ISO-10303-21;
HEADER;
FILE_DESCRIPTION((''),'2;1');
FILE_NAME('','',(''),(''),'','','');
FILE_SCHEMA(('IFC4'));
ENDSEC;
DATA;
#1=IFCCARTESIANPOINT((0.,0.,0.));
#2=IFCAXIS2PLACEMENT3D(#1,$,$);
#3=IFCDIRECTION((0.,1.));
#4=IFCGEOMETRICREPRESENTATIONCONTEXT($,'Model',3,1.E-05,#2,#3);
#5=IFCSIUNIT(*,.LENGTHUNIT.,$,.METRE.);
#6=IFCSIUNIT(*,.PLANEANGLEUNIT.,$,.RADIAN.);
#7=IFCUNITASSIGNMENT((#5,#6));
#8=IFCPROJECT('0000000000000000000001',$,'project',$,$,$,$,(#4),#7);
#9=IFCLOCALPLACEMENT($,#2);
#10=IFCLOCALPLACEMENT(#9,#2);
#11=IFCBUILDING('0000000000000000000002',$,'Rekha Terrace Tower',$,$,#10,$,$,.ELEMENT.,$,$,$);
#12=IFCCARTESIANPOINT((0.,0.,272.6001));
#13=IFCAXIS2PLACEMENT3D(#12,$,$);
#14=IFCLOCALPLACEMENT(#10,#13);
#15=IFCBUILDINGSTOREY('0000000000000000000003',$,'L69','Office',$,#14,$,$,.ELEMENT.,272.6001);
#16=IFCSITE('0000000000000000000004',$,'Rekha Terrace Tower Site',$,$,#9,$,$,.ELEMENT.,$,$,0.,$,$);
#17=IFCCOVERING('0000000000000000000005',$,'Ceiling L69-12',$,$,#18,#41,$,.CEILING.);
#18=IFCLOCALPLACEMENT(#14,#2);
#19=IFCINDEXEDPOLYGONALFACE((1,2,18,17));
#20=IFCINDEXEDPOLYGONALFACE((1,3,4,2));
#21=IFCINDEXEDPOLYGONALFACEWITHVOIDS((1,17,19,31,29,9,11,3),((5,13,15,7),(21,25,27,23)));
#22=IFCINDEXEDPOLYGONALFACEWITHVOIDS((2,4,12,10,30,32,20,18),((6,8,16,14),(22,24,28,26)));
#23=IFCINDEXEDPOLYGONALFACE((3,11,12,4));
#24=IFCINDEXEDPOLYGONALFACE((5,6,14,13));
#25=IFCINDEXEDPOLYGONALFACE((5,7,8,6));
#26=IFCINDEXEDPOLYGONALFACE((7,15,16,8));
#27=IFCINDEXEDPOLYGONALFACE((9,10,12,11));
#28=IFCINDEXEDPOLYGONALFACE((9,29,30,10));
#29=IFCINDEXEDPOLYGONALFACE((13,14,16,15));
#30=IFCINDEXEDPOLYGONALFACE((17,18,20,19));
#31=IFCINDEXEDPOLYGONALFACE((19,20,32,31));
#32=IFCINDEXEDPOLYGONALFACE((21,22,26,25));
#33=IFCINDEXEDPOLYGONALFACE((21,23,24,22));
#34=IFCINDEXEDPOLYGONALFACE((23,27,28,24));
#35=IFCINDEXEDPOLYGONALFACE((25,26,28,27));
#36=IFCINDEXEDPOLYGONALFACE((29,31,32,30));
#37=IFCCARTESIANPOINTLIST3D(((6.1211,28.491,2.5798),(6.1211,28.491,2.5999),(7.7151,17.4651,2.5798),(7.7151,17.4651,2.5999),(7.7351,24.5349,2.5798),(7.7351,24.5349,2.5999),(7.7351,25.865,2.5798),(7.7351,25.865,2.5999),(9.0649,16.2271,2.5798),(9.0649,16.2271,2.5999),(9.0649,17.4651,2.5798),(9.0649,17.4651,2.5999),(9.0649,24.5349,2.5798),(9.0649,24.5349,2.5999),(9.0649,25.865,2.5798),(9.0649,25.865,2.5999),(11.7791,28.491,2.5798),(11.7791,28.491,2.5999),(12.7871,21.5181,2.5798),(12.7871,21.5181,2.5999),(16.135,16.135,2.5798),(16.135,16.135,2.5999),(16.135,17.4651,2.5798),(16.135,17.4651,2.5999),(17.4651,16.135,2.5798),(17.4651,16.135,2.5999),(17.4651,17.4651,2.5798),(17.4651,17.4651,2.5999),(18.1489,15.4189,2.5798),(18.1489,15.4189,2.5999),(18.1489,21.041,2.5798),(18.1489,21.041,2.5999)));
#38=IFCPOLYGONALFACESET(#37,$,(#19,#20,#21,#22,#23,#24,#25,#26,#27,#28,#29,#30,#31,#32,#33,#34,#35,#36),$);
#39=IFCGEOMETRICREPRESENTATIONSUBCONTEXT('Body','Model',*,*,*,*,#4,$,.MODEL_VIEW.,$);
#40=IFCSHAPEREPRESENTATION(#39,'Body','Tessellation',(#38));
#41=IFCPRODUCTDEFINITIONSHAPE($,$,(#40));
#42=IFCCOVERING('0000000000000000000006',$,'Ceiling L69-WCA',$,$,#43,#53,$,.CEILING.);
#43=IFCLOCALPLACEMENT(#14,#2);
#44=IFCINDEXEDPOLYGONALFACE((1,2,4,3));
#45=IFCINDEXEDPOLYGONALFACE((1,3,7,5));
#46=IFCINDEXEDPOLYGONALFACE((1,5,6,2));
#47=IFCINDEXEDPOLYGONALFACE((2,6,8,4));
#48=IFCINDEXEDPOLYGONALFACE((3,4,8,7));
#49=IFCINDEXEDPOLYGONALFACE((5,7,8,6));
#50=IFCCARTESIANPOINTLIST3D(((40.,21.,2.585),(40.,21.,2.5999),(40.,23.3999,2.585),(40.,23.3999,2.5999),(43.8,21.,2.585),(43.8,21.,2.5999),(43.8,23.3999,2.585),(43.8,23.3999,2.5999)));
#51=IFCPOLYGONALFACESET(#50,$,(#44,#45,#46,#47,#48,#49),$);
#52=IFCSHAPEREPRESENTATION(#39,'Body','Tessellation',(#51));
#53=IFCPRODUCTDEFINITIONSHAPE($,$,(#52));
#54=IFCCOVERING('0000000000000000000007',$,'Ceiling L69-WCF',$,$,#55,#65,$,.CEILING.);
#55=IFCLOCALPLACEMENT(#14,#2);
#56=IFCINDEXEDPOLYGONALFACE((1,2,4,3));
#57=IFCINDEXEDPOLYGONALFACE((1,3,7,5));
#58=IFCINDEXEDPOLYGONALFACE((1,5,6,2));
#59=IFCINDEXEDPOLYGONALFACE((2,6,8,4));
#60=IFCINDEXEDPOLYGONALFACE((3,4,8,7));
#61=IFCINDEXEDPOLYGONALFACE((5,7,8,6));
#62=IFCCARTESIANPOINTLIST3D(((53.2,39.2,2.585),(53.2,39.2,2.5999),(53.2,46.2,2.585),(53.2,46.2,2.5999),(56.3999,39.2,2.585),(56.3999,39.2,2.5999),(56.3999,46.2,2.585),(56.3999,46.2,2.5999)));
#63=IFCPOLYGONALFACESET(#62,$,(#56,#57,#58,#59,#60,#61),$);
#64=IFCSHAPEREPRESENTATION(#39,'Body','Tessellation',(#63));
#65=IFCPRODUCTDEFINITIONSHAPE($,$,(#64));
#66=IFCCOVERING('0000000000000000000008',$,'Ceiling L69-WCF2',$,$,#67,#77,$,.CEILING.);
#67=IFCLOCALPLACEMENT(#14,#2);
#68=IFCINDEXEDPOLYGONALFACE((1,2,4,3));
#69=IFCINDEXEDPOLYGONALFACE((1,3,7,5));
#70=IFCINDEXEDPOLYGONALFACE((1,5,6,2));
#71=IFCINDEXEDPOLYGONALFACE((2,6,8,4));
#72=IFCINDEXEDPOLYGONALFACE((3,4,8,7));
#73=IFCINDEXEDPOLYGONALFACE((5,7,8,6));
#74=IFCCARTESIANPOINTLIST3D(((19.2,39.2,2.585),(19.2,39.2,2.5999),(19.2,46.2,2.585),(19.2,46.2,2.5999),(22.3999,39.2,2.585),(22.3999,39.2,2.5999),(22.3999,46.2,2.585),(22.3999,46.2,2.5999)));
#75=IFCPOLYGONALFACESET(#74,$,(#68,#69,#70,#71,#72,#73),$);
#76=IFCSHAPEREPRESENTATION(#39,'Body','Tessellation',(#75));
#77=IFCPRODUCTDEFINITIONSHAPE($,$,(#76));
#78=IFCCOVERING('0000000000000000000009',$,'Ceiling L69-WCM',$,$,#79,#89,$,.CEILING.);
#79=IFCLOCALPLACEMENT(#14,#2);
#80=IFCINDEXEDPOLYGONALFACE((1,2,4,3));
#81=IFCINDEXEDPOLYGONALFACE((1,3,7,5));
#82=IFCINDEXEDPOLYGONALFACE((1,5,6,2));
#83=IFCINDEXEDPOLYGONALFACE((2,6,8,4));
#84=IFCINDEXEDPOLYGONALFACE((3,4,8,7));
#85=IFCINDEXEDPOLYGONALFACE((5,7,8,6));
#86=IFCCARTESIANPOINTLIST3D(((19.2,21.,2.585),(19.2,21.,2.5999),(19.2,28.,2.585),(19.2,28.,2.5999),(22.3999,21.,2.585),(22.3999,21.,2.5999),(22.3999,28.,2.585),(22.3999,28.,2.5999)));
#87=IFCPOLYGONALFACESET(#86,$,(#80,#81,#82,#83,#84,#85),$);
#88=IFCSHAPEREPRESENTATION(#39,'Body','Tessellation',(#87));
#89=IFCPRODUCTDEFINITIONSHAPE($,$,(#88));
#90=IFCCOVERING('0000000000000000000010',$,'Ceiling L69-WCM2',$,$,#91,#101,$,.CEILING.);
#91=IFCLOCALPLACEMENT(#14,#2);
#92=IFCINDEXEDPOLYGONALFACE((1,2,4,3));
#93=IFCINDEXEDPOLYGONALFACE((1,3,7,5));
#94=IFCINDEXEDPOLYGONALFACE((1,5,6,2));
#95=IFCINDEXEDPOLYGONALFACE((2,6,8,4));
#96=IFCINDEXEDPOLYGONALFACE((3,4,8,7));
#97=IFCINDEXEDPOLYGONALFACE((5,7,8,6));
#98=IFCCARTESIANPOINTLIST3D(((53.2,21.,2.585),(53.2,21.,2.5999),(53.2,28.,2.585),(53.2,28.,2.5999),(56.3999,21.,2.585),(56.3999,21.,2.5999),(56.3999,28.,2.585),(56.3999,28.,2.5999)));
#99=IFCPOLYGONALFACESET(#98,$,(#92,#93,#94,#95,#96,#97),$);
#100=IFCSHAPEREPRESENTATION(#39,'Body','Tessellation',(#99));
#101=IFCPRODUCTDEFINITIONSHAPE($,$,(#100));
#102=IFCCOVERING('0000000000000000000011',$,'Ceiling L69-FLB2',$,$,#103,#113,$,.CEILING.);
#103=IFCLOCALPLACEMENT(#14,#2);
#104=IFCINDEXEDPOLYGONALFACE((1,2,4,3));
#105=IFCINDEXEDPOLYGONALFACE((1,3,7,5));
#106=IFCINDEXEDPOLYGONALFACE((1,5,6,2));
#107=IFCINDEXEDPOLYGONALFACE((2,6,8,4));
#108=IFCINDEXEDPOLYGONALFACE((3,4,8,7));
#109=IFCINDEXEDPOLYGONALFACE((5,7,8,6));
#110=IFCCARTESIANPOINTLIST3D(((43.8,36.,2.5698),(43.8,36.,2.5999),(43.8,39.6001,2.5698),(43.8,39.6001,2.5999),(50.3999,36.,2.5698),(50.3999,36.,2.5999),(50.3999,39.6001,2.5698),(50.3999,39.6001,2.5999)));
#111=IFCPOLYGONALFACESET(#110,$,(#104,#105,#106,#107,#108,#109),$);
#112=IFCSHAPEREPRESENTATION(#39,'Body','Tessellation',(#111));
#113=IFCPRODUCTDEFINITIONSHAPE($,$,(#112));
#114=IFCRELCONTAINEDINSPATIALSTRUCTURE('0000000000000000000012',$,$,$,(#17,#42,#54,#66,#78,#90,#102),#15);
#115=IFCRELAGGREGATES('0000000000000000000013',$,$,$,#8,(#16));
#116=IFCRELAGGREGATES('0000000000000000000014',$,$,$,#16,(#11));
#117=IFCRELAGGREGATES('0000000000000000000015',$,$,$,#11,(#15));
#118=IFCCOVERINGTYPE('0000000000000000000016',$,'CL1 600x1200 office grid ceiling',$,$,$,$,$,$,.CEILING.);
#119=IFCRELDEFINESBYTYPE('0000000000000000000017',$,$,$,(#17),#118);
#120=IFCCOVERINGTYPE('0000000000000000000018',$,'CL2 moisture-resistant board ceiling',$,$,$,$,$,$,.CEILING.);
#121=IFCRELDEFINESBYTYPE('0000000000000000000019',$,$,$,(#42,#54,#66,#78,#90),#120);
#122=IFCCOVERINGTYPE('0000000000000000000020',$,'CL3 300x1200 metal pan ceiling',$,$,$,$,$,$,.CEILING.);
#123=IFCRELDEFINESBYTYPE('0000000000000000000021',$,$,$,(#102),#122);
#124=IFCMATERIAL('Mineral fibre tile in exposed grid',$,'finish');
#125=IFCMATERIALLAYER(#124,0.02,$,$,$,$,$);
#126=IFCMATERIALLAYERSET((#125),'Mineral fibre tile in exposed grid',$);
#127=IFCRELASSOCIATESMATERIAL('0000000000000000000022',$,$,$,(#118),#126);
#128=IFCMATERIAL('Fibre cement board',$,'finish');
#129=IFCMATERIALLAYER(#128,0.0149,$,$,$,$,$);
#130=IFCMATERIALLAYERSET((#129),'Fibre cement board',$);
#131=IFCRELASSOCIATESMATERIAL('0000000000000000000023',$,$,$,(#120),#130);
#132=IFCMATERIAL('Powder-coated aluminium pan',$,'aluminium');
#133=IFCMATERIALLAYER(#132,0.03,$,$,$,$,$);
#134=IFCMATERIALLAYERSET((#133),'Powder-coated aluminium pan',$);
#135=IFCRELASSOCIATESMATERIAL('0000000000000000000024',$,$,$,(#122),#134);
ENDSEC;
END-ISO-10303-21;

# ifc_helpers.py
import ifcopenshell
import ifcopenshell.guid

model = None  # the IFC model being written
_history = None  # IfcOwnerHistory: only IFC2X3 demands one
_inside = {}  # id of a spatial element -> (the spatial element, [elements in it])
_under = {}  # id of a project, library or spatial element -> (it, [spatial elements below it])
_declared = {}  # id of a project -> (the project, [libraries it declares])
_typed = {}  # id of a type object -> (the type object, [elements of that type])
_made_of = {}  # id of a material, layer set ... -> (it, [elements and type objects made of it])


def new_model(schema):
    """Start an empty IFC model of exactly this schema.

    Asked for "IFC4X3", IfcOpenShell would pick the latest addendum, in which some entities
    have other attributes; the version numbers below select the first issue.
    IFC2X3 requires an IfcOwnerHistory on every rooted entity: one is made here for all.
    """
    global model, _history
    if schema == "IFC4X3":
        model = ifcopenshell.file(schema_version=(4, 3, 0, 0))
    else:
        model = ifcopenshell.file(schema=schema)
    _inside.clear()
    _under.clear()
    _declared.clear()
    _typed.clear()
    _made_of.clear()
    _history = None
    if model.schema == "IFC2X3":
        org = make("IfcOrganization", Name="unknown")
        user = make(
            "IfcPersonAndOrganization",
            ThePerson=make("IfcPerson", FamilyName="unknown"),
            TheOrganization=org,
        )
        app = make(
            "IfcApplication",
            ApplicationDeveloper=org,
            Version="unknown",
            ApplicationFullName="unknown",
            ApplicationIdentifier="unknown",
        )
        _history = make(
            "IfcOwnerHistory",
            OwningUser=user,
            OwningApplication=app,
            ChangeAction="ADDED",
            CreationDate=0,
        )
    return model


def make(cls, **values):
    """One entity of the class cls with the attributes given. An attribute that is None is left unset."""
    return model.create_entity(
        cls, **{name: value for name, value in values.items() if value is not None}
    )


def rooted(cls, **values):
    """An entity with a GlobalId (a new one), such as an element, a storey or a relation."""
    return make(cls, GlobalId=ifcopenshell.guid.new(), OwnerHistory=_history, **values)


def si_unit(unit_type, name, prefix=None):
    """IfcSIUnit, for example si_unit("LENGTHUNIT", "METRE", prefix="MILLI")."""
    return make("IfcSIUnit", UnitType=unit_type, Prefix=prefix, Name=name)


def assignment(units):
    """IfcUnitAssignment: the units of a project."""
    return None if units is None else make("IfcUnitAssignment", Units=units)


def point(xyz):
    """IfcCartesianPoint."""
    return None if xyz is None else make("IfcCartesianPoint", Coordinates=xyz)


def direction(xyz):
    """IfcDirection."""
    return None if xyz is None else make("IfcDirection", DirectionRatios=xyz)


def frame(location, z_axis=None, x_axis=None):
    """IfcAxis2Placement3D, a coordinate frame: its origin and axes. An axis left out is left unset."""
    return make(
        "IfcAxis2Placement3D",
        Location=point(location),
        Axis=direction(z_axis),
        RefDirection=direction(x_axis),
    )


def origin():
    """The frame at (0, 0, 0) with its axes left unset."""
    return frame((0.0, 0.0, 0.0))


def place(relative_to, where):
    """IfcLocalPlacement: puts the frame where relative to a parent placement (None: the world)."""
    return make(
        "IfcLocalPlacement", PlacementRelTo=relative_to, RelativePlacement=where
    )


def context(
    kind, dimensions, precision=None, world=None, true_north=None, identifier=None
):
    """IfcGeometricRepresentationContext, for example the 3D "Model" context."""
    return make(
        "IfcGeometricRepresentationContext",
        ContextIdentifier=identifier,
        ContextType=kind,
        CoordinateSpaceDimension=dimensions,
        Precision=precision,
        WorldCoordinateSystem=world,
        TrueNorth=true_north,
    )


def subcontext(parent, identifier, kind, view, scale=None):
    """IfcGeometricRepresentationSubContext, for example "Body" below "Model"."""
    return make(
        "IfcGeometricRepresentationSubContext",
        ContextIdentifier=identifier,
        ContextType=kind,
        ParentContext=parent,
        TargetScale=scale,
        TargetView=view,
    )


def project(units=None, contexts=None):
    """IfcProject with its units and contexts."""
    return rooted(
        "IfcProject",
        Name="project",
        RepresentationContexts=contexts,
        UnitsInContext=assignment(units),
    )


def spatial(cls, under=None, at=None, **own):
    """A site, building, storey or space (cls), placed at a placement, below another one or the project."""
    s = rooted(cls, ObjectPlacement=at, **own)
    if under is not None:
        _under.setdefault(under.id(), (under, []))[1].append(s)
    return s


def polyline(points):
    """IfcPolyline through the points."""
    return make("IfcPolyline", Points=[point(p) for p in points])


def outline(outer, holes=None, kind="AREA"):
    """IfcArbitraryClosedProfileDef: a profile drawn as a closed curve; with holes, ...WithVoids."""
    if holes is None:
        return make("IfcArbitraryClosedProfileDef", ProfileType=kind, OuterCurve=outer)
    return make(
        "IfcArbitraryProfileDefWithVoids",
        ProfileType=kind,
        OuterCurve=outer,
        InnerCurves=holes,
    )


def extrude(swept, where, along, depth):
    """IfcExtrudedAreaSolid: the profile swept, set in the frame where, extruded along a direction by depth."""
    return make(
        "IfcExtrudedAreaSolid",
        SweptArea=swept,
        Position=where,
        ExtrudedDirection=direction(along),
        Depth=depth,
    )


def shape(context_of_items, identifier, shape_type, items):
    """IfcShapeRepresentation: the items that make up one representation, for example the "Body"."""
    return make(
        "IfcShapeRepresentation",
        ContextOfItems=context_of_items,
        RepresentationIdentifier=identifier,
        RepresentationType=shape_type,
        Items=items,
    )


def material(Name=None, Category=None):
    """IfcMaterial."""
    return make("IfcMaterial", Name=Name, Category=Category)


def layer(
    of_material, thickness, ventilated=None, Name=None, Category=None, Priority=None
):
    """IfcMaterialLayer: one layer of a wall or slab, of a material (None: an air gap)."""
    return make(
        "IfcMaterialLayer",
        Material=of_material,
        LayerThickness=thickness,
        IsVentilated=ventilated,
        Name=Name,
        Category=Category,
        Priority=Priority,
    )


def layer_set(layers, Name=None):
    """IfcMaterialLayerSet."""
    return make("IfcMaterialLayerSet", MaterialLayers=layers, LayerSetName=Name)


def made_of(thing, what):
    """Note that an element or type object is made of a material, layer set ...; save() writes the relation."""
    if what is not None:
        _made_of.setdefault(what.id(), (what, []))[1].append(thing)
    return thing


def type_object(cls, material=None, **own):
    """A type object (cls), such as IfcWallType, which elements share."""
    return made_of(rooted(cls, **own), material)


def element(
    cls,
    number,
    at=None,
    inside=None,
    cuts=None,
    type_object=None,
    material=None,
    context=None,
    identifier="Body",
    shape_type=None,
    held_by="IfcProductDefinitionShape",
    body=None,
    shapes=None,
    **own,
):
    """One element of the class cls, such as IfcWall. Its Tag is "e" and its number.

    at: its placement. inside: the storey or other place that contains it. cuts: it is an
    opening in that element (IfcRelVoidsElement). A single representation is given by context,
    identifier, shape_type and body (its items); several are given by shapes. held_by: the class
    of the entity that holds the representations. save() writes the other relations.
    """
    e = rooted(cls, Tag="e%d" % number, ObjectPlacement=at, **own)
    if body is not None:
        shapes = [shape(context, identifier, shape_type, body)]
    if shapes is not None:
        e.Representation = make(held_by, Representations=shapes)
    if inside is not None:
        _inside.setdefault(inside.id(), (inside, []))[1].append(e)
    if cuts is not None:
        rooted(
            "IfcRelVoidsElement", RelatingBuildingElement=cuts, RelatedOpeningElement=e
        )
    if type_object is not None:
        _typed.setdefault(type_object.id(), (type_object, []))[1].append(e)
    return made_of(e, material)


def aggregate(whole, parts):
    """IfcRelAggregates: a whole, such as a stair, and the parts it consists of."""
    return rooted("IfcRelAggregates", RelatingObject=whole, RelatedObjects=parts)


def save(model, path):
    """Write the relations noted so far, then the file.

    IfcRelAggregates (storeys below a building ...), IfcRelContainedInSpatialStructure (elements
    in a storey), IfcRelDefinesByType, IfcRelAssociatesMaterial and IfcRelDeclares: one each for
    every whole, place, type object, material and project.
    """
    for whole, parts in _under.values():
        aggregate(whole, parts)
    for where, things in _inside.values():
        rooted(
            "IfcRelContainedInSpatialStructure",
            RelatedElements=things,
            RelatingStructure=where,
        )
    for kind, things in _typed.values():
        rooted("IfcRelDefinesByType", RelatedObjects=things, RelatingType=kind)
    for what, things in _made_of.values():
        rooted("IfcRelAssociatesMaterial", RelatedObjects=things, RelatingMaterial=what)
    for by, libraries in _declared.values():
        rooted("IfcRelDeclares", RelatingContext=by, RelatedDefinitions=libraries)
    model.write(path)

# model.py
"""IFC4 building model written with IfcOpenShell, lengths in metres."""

from ifc_helpers import new_model, si_unit, direction, frame, origin, place, context, subcontext, project, spatial, polyline, outline, extrude, material, layer, layer_set, type_object, element, save


model = new_model("IFC4")

# Units and contexts
model_context = context("Model", 3, precision=1e-05, world=origin(), true_north=direction((0.0, 1.0)))
body_context = subcontext(model_context, "Body", "Model", "MODEL_VIEW")
ifc_project = project(units=[si_unit("LENGTHUNIT", "METRE"), si_unit("PLANEANGLEUNIT", "RADIAN")], contexts=[model_context])

# Site, building, storey
site_placement = place(None, origin())
site = spatial("IfcSite", under=ifc_project, at=site_placement, Name="Rekha Terrace Tower Site", CompositionType="ELEMENT", RefElevation=0.0)
building_placement = place(site_placement, origin())
building = spatial("IfcBuilding", under=site, at=building_placement, Name="Rekha Terrace Tower", CompositionType="ELEMENT")
storey_placement = place(building_placement, frame((0.0, 0.0, 272.6001)))
storey = spatial("IfcBuildingStorey", under=building, at=storey_placement, Name="L69", Description="Office", CompositionType="ELEMENT", Elevation=272.6001)

# Coverings
ifc_material_1 = material(Name="Mineral fibre tile in exposed grid", Category="finish")
ifc_layer_1 = layer(ifc_material_1, 0.02)
ifc_layer_set_1 = layer_set([ifc_layer_1], Name="Mineral fibre tile in exposed grid")
covering_type_1 = type_object("IfcCoveringType", Name="CL1 600x1200 office grid ceiling", PredefinedType="CEILING", material=ifc_layer_set_1)
covering_1_placement = place(storey_placement, frame((0.0, 0.0, 2.5798)))
element("IfcCovering", 1, at=covering_1_placement, inside=storey, type_object=covering_type_1, Name="Ceiling L69-12", PredefinedType="CEILING", context=body_context, shape_type="SweptSolid", body=[
    extrude(outline(polyline([(6.1211, 28.491), (7.7151, 17.4651), (9.0649, 17.4651), (9.0649, 16.2271), (18.1489, 15.4189), (18.1489, 21.041), (12.7871, 21.5181), (11.7791, 28.491), (6.1211, 28.491)]), holes=[polyline([(17.4651, 17.4651), (17.4651, 16.135), (16.135, 16.135), (16.135, 17.4651), (17.4651, 17.4651)]), polyline([(9.0649, 25.865), (9.0649, 24.5349), (7.7351, 24.5349), (7.7351, 25.865), (9.0649, 25.865)])]), origin(), (0.0, 0.0, 1.0), 0.02),
])
ifc_material_2 = material(Name="Fibre cement board", Category="finish")
ifc_layer_2 = layer(ifc_material_2, 0.0149)
ifc_layer_set_2 = layer_set([ifc_layer_2], Name="Fibre cement board")
covering_type_2 = type_object("IfcCoveringType", Name="CL2 moisture-resistant board ceiling", PredefinedType="CEILING", material=ifc_layer_set_2)
covering_2_placement = place(storey_placement, frame((0.0, 0.0, 2.585)))
element("IfcCovering", 2, at=covering_2_placement, inside=storey, type_object=covering_type_2, Name="Ceiling L69-WCA", PredefinedType="CEILING", context=body_context, shape_type="SweptSolid", body=[
    extrude(outline(polyline([(43.8, 23.3999), (40.0, 23.3999), (40.0, 21.0), (43.8, 21.0), (43.8, 23.3999)])), origin(), (0.0, 0.0, 1.0), 0.0149),
])
covering_3_placement = place(storey_placement, frame((0.0, 0.0, 2.585)))
element("IfcCovering", 3, at=covering_3_placement, inside=storey, type_object=covering_type_2, Name="Ceiling L69-WCF", PredefinedType="CEILING", context=body_context, shape_type="SweptSolid", body=[
    extrude(outline(polyline([(56.3999, 46.2), (53.2, 46.2), (53.2, 39.2), (56.3999, 39.2), (56.3999, 46.2)])), origin(), (0.0, 0.0, 1.0), 0.0149),
])
covering_4_placement = place(storey_placement, frame((0.0, 0.0, 2.585)))
element("IfcCovering", 4, at=covering_4_placement, inside=storey, type_object=covering_type_2, Name="Ceiling L69-WCF2", PredefinedType="CEILING", context=body_context, shape_type="SweptSolid", body=[
    extrude(outline(polyline([(22.3999, 46.2), (19.2, 46.2), (19.2, 39.2), (22.3999, 39.2), (22.3999, 46.2)])), origin(), (0.0, 0.0, 1.0), 0.0149),
])
covering_5_placement = place(storey_placement, frame((0.0, 0.0, 2.585)))
element("IfcCovering", 5, at=covering_5_placement, inside=storey, type_object=covering_type_2, Name="Ceiling L69-WCM", PredefinedType="CEILING", context=body_context, shape_type="SweptSolid", body=[
    extrude(outline(polyline([(22.3999, 28.0), (19.2, 28.0), (19.2, 21.0), (22.3999, 21.0), (22.3999, 28.0)])), origin(), (0.0, 0.0, 1.0), 0.0149),
])
covering_6_placement = place(storey_placement, frame((0.0, 0.0, 2.585)))
element("IfcCovering", 6, at=covering_6_placement, inside=storey, type_object=covering_type_2, Name="Ceiling L69-WCM2", PredefinedType="CEILING", context=body_context, shape_type="SweptSolid", body=[
    extrude(outline(polyline([(56.3999, 28.0), (53.2, 28.0), (53.2, 21.0), (56.3999, 21.0), (56.3999, 28.0)])), origin(), (0.0, 0.0, 1.0), 0.0149),
])
ifc_material_3 = material(Name="Powder-coated aluminium pan", Category="aluminium")
ifc_layer_3 = layer(ifc_material_3, 0.03)
ifc_layer_set_3 = layer_set([ifc_layer_3], Name="Powder-coated aluminium pan")
covering_type_3 = type_object("IfcCoveringType", Name="CL3 300x1200 metal pan ceiling", PredefinedType="CEILING", material=ifc_layer_set_3)
covering_7_placement = place(storey_placement, frame((0.0, 0.0, 2.5698)))
element("IfcCovering", 7, at=covering_7_placement, inside=storey, type_object=covering_type_3, Name="Ceiling L69-FLB2", PredefinedType="CEILING", context=body_context, shape_type="SweptSolid", body=[
    extrude(outline(polyline([(50.3999, 39.6001), (43.8, 39.6001), (43.8, 36.0), (50.3999, 36.0), (50.3999, 39.6001)])), origin(), (0.0, 0.0, 1.0), 0.03),
])

save(model, "model.ifc")
